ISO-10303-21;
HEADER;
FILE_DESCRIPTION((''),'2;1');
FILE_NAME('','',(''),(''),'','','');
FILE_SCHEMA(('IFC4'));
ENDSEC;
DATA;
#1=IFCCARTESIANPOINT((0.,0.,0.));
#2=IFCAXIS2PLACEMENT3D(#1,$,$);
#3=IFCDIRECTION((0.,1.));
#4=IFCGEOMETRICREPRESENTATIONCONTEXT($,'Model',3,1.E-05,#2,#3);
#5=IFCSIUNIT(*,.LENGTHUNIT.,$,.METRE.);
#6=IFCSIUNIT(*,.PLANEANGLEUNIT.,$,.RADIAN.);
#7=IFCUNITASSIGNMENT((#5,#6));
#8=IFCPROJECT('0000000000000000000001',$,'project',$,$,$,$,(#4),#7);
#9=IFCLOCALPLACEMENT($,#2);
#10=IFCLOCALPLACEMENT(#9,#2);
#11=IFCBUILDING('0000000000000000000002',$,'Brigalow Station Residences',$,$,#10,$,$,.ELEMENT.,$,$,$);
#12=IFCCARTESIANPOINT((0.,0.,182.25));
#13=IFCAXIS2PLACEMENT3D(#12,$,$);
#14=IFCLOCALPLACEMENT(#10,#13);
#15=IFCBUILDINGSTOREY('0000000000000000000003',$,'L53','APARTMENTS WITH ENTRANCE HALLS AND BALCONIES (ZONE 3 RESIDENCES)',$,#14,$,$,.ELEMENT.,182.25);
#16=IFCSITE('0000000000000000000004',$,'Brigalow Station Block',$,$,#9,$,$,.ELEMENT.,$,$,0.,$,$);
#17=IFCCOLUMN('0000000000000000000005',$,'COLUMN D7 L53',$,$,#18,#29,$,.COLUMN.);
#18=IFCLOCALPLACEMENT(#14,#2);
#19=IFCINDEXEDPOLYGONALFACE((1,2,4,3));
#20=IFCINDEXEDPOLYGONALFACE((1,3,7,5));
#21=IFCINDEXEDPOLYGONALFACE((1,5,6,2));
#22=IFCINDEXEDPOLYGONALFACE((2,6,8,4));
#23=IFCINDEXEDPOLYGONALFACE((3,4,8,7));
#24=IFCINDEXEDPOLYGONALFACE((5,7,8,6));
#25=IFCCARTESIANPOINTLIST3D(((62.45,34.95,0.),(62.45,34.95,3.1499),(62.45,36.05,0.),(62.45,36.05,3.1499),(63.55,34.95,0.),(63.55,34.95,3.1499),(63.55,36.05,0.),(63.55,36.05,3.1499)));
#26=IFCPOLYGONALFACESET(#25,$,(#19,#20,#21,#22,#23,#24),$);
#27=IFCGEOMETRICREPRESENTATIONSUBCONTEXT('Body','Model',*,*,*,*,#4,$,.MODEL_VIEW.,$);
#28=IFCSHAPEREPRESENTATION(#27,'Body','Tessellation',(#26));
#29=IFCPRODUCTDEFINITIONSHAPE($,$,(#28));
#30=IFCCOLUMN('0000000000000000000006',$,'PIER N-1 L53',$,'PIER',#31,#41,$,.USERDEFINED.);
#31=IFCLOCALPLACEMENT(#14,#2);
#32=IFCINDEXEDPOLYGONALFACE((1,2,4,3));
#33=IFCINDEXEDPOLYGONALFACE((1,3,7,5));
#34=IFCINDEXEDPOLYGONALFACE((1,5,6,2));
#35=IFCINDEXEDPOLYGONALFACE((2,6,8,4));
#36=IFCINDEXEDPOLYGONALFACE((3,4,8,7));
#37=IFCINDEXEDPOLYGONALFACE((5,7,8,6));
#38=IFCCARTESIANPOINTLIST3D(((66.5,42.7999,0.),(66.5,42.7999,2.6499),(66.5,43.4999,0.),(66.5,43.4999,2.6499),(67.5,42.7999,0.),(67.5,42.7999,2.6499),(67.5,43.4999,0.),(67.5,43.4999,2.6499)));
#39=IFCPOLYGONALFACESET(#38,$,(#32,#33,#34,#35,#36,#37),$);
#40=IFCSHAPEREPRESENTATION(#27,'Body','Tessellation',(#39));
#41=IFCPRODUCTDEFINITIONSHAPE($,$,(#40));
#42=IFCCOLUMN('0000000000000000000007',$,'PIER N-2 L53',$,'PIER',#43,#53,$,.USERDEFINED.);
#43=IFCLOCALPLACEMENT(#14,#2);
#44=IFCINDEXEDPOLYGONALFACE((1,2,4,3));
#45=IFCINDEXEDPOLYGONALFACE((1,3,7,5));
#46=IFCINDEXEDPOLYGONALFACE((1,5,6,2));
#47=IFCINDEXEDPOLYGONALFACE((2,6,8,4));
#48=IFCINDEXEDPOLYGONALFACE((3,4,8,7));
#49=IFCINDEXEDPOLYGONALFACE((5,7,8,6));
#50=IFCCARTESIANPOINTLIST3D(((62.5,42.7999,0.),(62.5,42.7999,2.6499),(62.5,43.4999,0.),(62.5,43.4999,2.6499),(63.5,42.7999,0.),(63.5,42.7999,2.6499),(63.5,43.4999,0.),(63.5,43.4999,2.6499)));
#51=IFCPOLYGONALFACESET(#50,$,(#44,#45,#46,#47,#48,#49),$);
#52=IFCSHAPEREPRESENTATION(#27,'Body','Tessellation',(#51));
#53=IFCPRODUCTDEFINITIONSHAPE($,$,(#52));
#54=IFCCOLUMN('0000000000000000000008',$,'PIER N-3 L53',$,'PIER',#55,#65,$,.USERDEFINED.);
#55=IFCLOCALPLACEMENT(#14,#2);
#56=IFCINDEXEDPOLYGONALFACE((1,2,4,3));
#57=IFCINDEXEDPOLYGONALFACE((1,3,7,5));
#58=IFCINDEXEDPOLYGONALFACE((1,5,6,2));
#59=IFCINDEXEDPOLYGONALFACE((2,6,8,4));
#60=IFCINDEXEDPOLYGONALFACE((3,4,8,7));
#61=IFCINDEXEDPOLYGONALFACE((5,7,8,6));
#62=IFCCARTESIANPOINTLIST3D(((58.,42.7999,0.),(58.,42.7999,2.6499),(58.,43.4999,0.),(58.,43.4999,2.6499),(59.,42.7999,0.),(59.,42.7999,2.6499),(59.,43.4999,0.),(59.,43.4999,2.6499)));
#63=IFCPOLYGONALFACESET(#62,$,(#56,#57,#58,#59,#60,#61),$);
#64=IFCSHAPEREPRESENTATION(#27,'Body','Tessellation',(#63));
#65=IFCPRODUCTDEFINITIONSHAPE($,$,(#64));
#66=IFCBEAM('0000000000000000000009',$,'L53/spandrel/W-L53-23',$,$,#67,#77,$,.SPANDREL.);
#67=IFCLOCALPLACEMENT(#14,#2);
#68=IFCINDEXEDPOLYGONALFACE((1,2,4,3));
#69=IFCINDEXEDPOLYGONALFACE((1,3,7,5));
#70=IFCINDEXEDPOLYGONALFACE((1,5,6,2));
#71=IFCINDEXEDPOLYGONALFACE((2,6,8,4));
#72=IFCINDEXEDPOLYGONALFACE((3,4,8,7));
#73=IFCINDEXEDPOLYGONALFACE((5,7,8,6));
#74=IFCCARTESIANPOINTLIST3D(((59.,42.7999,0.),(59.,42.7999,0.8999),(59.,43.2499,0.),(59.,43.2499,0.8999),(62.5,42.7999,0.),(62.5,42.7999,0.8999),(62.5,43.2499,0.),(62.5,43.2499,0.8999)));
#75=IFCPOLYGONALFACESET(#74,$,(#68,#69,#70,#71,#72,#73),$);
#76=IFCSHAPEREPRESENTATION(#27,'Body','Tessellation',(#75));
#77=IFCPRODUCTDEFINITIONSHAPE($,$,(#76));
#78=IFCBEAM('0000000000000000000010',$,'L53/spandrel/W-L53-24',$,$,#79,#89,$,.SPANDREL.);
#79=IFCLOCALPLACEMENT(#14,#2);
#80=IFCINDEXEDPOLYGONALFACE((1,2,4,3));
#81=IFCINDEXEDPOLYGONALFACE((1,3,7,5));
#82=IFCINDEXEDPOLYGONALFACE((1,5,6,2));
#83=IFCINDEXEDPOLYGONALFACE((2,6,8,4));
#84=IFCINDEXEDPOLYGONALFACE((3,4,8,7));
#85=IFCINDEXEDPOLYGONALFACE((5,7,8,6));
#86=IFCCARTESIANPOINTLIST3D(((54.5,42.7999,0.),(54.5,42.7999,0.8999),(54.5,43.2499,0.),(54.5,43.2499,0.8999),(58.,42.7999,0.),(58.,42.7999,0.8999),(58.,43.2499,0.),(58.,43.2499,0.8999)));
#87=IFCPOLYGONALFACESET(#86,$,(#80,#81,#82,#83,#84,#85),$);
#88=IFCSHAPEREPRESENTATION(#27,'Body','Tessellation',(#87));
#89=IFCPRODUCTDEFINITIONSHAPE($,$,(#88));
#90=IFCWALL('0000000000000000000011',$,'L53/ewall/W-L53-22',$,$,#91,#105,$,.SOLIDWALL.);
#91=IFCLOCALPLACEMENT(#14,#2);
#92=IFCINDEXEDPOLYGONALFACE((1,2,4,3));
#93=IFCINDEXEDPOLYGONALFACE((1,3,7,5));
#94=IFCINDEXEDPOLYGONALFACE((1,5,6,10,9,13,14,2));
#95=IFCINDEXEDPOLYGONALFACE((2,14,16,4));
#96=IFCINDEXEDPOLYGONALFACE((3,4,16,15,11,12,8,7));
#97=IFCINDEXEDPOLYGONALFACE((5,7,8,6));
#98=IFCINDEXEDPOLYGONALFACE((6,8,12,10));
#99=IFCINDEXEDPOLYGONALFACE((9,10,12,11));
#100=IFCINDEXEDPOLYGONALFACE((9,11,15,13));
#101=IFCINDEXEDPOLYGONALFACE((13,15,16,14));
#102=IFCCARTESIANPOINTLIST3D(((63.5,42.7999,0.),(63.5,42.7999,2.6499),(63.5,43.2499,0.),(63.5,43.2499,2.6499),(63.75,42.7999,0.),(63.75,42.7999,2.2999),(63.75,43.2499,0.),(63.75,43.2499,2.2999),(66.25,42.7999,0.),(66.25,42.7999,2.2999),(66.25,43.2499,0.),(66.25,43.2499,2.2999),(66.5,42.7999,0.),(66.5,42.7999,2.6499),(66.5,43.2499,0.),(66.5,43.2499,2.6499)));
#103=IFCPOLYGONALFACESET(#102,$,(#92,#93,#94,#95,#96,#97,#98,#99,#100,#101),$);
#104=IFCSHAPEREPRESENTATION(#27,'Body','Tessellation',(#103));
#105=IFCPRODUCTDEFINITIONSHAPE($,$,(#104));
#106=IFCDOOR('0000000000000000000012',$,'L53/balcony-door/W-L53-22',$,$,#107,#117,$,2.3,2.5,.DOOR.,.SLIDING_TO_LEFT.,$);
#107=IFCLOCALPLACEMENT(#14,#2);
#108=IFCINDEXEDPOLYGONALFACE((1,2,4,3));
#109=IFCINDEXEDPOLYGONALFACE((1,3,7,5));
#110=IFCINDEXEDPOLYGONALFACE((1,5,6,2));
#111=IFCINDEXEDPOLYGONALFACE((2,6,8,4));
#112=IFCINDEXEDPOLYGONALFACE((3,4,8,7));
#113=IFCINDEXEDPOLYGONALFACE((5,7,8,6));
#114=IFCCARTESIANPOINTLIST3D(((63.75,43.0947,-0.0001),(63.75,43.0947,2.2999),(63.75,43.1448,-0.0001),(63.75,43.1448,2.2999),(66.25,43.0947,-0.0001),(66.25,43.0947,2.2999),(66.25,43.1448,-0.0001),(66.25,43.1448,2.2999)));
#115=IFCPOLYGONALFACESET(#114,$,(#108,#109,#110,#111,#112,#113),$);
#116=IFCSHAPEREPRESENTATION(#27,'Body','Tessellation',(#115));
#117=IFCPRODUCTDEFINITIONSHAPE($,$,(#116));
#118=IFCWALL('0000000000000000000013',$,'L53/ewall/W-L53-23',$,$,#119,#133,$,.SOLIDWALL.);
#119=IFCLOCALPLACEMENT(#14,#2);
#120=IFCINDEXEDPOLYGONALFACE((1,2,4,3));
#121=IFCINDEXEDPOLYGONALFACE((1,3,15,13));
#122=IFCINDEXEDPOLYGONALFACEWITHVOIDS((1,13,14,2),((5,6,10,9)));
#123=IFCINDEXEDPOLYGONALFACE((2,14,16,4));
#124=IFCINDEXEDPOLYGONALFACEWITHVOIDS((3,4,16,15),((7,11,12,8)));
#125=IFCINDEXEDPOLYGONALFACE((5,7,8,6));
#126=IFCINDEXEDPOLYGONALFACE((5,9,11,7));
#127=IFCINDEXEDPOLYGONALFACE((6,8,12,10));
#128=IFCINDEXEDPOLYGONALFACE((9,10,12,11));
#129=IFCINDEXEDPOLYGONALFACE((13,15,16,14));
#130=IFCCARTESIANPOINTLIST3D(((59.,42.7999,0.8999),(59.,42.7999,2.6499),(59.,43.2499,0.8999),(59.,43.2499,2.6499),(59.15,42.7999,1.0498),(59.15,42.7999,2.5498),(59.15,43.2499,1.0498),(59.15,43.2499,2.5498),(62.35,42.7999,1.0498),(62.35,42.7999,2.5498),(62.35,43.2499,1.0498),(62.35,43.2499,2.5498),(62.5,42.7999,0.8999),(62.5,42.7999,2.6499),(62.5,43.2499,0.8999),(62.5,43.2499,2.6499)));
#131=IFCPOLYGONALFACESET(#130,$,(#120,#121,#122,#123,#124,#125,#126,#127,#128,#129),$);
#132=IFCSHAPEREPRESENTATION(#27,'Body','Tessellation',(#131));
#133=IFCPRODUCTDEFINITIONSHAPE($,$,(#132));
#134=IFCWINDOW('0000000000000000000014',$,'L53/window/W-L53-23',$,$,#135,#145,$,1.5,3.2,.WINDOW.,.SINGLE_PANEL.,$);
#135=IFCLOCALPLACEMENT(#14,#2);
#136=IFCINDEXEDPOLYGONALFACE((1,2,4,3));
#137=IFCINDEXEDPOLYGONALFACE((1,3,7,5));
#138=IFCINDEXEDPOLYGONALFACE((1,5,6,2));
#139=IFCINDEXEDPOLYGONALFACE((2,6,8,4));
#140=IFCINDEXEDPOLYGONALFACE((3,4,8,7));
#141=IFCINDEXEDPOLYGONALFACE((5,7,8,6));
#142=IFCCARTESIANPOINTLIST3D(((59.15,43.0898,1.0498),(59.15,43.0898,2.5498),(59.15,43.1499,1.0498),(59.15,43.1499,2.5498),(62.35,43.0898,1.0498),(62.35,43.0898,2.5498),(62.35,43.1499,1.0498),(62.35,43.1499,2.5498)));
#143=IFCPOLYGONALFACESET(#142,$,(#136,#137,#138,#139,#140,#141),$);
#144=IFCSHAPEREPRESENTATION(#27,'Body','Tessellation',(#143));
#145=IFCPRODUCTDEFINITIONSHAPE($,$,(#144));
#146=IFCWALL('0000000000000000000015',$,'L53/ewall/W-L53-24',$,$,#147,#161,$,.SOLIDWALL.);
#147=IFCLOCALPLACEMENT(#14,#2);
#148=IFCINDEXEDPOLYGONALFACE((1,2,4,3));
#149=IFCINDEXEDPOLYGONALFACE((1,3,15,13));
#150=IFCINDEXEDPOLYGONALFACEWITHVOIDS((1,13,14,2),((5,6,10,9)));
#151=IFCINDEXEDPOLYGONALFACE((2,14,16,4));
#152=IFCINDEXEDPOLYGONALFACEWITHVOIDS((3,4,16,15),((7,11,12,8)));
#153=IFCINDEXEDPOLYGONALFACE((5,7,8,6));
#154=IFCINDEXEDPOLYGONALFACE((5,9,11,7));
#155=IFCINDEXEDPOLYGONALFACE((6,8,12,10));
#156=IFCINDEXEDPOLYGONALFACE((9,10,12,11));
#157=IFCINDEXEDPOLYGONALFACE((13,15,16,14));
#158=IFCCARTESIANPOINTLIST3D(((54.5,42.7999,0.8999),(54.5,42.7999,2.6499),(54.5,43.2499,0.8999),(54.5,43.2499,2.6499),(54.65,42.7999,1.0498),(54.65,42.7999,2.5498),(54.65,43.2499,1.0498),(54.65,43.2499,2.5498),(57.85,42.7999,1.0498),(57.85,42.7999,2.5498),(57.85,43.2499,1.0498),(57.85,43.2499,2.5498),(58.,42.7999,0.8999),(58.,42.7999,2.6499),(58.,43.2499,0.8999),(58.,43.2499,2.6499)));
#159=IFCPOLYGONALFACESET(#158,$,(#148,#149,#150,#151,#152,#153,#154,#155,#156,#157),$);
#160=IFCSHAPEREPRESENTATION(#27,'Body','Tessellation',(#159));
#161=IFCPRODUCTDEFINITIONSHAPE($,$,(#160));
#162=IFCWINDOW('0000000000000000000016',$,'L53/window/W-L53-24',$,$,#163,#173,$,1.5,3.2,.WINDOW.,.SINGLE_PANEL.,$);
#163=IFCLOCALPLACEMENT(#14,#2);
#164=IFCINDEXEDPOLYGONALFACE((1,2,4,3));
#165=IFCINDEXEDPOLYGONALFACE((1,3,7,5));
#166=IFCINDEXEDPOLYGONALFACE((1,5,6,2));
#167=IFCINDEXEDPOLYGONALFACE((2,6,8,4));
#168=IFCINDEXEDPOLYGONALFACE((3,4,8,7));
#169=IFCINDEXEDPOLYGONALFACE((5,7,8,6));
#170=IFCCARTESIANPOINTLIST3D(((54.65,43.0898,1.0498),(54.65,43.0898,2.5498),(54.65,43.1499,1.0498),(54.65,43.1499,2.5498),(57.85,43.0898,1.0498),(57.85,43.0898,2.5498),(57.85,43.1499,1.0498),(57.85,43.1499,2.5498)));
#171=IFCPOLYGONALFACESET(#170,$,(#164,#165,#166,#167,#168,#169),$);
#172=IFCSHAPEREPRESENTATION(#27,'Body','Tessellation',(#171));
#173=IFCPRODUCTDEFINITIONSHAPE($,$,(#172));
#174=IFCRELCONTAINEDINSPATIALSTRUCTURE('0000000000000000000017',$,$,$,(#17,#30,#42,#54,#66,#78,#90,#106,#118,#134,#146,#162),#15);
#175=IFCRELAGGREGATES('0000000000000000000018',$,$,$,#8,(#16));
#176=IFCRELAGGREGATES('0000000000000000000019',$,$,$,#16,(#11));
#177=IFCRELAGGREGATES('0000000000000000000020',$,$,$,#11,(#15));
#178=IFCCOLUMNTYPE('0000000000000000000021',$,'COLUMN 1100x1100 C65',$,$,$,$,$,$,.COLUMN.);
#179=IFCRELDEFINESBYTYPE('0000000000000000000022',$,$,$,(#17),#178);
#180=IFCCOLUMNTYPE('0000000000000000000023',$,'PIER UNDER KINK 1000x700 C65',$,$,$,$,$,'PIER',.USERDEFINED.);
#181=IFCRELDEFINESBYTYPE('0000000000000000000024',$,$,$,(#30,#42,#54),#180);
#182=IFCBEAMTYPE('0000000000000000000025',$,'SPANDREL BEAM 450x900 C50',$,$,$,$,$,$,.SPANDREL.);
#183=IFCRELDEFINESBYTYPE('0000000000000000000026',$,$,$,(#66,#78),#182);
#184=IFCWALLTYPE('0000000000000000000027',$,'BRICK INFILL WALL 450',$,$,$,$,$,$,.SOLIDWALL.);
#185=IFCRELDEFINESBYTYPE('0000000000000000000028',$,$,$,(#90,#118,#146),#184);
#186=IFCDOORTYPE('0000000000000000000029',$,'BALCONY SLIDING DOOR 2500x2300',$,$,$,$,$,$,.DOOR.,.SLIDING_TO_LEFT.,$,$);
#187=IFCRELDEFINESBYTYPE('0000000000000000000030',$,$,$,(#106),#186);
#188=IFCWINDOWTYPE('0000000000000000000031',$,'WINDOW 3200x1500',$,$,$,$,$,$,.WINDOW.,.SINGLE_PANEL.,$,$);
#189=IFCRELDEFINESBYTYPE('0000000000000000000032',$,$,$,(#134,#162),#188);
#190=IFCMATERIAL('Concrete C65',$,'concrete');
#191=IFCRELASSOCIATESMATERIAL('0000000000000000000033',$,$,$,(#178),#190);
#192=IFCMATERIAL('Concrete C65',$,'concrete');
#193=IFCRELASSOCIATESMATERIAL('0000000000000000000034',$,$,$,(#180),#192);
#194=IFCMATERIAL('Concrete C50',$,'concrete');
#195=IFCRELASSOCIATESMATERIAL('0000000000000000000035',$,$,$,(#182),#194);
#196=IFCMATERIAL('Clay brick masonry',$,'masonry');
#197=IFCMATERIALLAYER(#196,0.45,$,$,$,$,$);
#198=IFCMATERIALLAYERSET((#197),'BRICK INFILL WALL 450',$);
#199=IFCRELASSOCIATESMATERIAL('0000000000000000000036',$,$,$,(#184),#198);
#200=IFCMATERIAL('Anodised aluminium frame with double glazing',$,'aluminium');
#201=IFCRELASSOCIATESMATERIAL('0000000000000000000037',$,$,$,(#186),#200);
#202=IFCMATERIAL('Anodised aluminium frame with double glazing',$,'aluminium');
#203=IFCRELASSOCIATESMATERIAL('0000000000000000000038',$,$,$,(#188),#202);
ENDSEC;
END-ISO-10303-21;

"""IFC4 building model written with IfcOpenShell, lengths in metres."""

from ifc_helpers import new_model, si_unit, direction, frame, frame_2d, origin, origin_2d, place, context, subcontext, project, spatial, rectangle, extrude, material, layer, layer_set, material_profile, profile_set, type_object, element, fill, save


model = new_model("IFC4")

# Units and contexts
model_context = context("Model", 3, precision=1e-05, world=origin(), true_north=direction((0.0, 1.0)))
body_context = subcontext(model_context, "Body", "Model", "MODEL_VIEW")
ifc_project = project(units=[si_unit("LENGTHUNIT", "METRE"), si_unit("PLANEANGLEUNIT", "RADIAN")], contexts=[model_context])

# Site, building, storey
site_placement = place(None, origin())
site = spatial("IfcSite", under=ifc_project, at=site_placement, Name="Brigalow Station Block", CompositionType="ELEMENT", RefElevation=0.0)
building_placement = place(site_placement, origin())
building = spatial("IfcBuilding", under=site, at=building_placement, Name="Brigalow Station Residences", CompositionType="ELEMENT")
storey_placement = place(building_placement, frame((0.0, 0.0, 182.25)))
storey = spatial("IfcBuildingStorey", under=building, at=storey_placement, Name="L53", Description="APARTMENTS WITH ENTRANCE HALLS AND BALCONIES (ZONE 3 RESIDENCES)", CompositionType="ELEMENT", Elevation=182.25)

# Columns
ifc_material_1 = material(Name="Concrete C65", Category="concrete")
ifc_material_profile_1 = material_profile(ifc_material_1, rectangle(XDim=1.1001, YDim=1.1001, at=origin_2d()), Name="RC1100x1100")
ifc_profile_set_1 = profile_set([ifc_material_profile_1], Name="Concrete C65")
column_type_1 = type_object("IfcColumnType", Name="COLUMN 1100x1100 C65", PredefinedType="COLUMN", material=ifc_profile_set_1)
column_placement = place(storey_placement, frame((63.0, 35.5, 0.0), z_axis=(0.0, 0.0, 1.0), x_axis=(1.0, 0.0, 0.0)))
element("IfcColumn", 1, at=column_placement, inside=storey, type_object=column_type_1, Name="COLUMN D7 L53", PredefinedType="COLUMN", context=body_context, shape_type="SweptSolid", body=[
    extrude(rectangle(XDim=1.1001, YDim=1.1001, at=origin_2d()), origin(), (0.0, 0.0, 1.0), 3.1499),
])
ifc_material_2 = material(Name="Concrete C65", Category="concrete")
ifc_material_profile_2 = material_profile(ifc_material_2, rectangle(XDim=1.0, YDim=0.7, at=origin_2d()), Name="RC1000x700")
ifc_profile_set_2 = profile_set([ifc_material_profile_2], Name="Concrete C65")
column_type_2 = type_object("IfcColumnType", Name="PIER UNDER KINK 1000x700 C65", ElementType="PIER", PredefinedType="USERDEFINED", material=ifc_profile_set_2)
for number, where, z_axis, x_axis, name in (
    (2, (67.0, 43.1499, 0.0), (0.0, 0.0, 1.0), (-1.0, 0.0, 0.0), "PIER N-1 L53"),
    (3, (63.0, 43.1499, 0.0), (0.0, 0.0, 1.0), (-1.0, 0.0, 0.0), "PIER N-2 L53"),
    (4, (58.5, 43.1499, 0.0), (0.0, 0.0, 1.0), (-1.0, 0.0, 0.0), "PIER N-3 L53"),
):
    element("IfcColumn", number, at=place(storey_placement, frame(where, z_axis=z_axis, x_axis=x_axis)), inside=storey, type_object=column_type_2, Name=name, ObjectType="PIER", PredefinedType="USERDEFINED", context=body_context, shape_type="SweptSolid", body=[
        extrude(rectangle(XDim=1.0, YDim=0.7, at=origin_2d()), origin(), (0.0, 0.0, 1.0), 2.6499),
    ])

# Beams
ifc_material_3 = material(Name="Concrete C50", Category="concrete")
ifc_material_profile_3 = material_profile(ifc_material_3, rectangle(XDim=0.45, YDim=0.8999, at=origin_2d()), Name="RC450x900")
ifc_profile_set_3 = profile_set([ifc_material_profile_3], Name="Concrete C50")
beam_type = type_object("IfcBeamType", Name="SPANDREL BEAM 450x900 C50", PredefinedType="SPANDREL", material=ifc_profile_set_3)
for number, where, z_axis, x_axis, name in (
    (5, (62.5, 43.0249, 0.45), (-1.0, 0.0, 0.0), (0.0, -1.0, 0.0), "L53/spandrel/W-L53-23"),
    (6, (58.0, 43.0249, 0.45), (-1.0, 0.0, 0.0), (0.0, -1.0, 0.0), "L53/spandrel/W-L53-24"),
):
    element("IfcBeam", number, at=place(storey_placement, frame(where, z_axis=z_axis, x_axis=x_axis)), inside=storey, type_object=beam_type, Name=name, PredefinedType="SPANDREL", context=body_context, shape_type="SweptSolid", body=[
        extrude(rectangle(XDim=0.45, YDim=0.8999, at=origin_2d()), origin(), (0.0, 0.0, 1.0), 3.5),
    ])

# Wall, opening, door
ifc_material_4 = material(Name="Clay brick masonry", Category="masonry")
ifc_layer_1 = layer(ifc_material_4, 0.45)
ifc_layer_set_1 = layer_set([ifc_layer_1], Name="BRICK INFILL WALL 450")
wall_type_1 = type_object("IfcWallType", Name="BRICK INFILL WALL 450", PredefinedType="SOLIDWALL", material=ifc_layer_set_1)
wall_1_placement = place(storey_placement, frame((66.5, 43.0249, 0.0), z_axis=(0.0, 0.0, 1.0), x_axis=(-1.0, 0.0, 0.0)))
wall_1 = element("IfcWall", 7, at=wall_1_placement, inside=storey, type_object=wall_type_1, Name="L53/ewall/W-L53-22", PredefinedType="SOLIDWALL", context=body_context, shape_type="SweptSolid", body=[
    extrude(rectangle(XDim=3.0, YDim=0.45, at=frame_2d((1.5, 0.0))), origin(), (0.0, 0.0, 1.0), 2.6499),
])
opening_1_placement = place(wall_1_placement, frame((0.25, 0.0, 0.0)))
opening_1 = element("IfcOpeningElement", 8, at=opening_1_placement, cuts=wall_1, PredefinedType="OPENING", context=body_context, shape_type="SweptSolid", body=[
    extrude(rectangle(XDim=2.5, YDim=2.3, at=frame_2d((1.25, 1.1499))), frame((0.0, 0.2349, 0.0), z_axis=(0.0, -1.0, 0.0), x_axis=(1.0, 0.0, 0.0)), (0.0, 0.0, 1.0), 0.47),
])
ifc_material_5 = material(Name="Anodised aluminium frame with double glazing", Category="aluminium")
door_type_1 = type_object("IfcDoorType", Name="BALCONY SLIDING DOOR 2500x2300", OperationType="SLIDING_TO_LEFT", PredefinedType="DOOR", material=ifc_material_5)
door_1_placement = place(opening_1_placement, origin())
door_1 = element("IfcDoor", 9, at=door_1_placement, inside=storey, type_object=door_type_1, Name="L53/balcony-door/W-L53-22", OperationType="SLIDING_TO_LEFT", OverallHeight=2.3, OverallWidth=2.5, PredefinedType="DOOR", context=body_context, shape_type="SweptSolid", body=[
    extrude(rectangle(XDim=2.5, YDim=2.3, at=frame_2d((1.25, 1.1499))), frame((0.0, -0.0698, 0.0), z_axis=(0.0, -1.0, 0.0), x_axis=(1.0, 0.0, 0.0)), (0.0, 0.0, 1.0), 0.05),
])
fill(opening_1, door_1)

# Walls, openings, windows
wall_2_placement = place(storey_placement, frame((62.5, 43.0249, 0.8999), z_axis=(0.0, 0.0, 1.0), x_axis=(-1.0, 0.0, 0.0)))
wall_2 = element("IfcWall", 10, at=wall_2_placement, inside=storey, type_object=wall_type_1, Name="L53/ewall/W-L53-23", PredefinedType="SOLIDWALL", context=body_context, shape_type="SweptSolid", body=[
    extrude(rectangle(XDim=3.5, YDim=0.45, at=frame_2d((1.75, 0.0))), origin(), (0.0, 0.0, 1.0), 1.75),
])
opening_2_placement = place(wall_2_placement, frame((0.1499, 0.0, 0.1499)))
opening_2 = element("IfcOpeningElement", 11, at=opening_2_placement, cuts=wall_2, PredefinedType="OPENING", context=body_context, shape_type="SweptSolid", body=[
    extrude(rectangle(XDim=3.2, YDim=1.5, at=frame_2d((1.6001, 0.75))), frame((0.0, 0.2349, 0.0), z_axis=(0.0, -1.0, 0.0), x_axis=(1.0, 0.0, 0.0)), (0.0, 0.0, 1.0), 0.47),
])
ifc_material_6 = material(Name="Anodised aluminium frame with double glazing", Category="aluminium")
window_type = type_object("IfcWindowType", Name="WINDOW 3200x1500", PartitioningType="SINGLE_PANEL", PredefinedType="WINDOW", material=ifc_material_6)
window_1_placement = place(opening_2_placement, origin())
window_1 = element("IfcWindow", 12, at=window_1_placement, inside=storey, type_object=window_type, Name="L53/window/W-L53-23", OverallHeight=1.5, OverallWidth=3.2, PartitioningType="SINGLE_PANEL", PredefinedType="WINDOW", context=body_context, shape_type="SweptSolid", body=[
    extrude(rectangle(XDim=3.2, YDim=1.5, at=frame_2d((1.6001, 0.75))), frame((0.0, -0.0649, 0.0), z_axis=(0.0, -1.0, 0.0), x_axis=(1.0, 0.0, 0.0)), (0.0, 0.0, 1.0), 0.0601),
])
fill(opening_2, window_1)
wall_3_placement = place(storey_placement, frame((58.0, 43.0249, 0.8999), z_axis=(0.0, 0.0, 1.0), x_axis=(-1.0, 0.0, 0.0)))
wall_3 = element("IfcWall", 13, at=wall_3_placement, inside=storey, type_object=wall_type_1, Name="L53/ewall/W-L53-24", PredefinedType="SOLIDWALL", context=body_context, shape_type="SweptSolid", body=[
    extrude(rectangle(XDim=3.5, YDim=0.45, at=frame_2d((1.75, 0.0))), origin(), (0.0, 0.0, 1.0), 1.75),
])
opening_3_placement = place(wall_3_placement, frame((0.1499, 0.0, 0.1499)))
opening_3 = element("IfcOpeningElement", 14, at=opening_3_placement, cuts=wall_3, PredefinedType="OPENING", context=body_context, shape_type="SweptSolid", body=[
    extrude(rectangle(XDim=3.2, YDim=1.5, at=frame_2d((1.6001, 0.75))), frame((0.0, 0.2349, 0.0), z_axis=(0.0, -1.0, 0.0), x_axis=(1.0, 0.0, 0.0)), (0.0, 0.0, 1.0), 0.47),
])
window_2_placement = place(opening_3_placement, origin())
window_2 = element("IfcWindow", 15, at=window_2_placement, inside=storey, type_object=window_type, Name="L53/window/W-L53-24", OverallHeight=1.5, OverallWidth=3.2, PartitioningType="SINGLE_PANEL", PredefinedType="WINDOW", context=body_context, shape_type="SweptSolid", body=[
    extrude(rectangle(XDim=3.2, YDim=1.5, at=frame_2d((1.6001, 0.75))), frame((0.0, -0.0649, 0.0), z_axis=(0.0, -1.0, 0.0), x_axis=(1.0, 0.0, 0.0)), (0.0, 0.0, 1.0), 0.0601),
])
fill(opening_3, window_2)

save(model, "model.ifc")
